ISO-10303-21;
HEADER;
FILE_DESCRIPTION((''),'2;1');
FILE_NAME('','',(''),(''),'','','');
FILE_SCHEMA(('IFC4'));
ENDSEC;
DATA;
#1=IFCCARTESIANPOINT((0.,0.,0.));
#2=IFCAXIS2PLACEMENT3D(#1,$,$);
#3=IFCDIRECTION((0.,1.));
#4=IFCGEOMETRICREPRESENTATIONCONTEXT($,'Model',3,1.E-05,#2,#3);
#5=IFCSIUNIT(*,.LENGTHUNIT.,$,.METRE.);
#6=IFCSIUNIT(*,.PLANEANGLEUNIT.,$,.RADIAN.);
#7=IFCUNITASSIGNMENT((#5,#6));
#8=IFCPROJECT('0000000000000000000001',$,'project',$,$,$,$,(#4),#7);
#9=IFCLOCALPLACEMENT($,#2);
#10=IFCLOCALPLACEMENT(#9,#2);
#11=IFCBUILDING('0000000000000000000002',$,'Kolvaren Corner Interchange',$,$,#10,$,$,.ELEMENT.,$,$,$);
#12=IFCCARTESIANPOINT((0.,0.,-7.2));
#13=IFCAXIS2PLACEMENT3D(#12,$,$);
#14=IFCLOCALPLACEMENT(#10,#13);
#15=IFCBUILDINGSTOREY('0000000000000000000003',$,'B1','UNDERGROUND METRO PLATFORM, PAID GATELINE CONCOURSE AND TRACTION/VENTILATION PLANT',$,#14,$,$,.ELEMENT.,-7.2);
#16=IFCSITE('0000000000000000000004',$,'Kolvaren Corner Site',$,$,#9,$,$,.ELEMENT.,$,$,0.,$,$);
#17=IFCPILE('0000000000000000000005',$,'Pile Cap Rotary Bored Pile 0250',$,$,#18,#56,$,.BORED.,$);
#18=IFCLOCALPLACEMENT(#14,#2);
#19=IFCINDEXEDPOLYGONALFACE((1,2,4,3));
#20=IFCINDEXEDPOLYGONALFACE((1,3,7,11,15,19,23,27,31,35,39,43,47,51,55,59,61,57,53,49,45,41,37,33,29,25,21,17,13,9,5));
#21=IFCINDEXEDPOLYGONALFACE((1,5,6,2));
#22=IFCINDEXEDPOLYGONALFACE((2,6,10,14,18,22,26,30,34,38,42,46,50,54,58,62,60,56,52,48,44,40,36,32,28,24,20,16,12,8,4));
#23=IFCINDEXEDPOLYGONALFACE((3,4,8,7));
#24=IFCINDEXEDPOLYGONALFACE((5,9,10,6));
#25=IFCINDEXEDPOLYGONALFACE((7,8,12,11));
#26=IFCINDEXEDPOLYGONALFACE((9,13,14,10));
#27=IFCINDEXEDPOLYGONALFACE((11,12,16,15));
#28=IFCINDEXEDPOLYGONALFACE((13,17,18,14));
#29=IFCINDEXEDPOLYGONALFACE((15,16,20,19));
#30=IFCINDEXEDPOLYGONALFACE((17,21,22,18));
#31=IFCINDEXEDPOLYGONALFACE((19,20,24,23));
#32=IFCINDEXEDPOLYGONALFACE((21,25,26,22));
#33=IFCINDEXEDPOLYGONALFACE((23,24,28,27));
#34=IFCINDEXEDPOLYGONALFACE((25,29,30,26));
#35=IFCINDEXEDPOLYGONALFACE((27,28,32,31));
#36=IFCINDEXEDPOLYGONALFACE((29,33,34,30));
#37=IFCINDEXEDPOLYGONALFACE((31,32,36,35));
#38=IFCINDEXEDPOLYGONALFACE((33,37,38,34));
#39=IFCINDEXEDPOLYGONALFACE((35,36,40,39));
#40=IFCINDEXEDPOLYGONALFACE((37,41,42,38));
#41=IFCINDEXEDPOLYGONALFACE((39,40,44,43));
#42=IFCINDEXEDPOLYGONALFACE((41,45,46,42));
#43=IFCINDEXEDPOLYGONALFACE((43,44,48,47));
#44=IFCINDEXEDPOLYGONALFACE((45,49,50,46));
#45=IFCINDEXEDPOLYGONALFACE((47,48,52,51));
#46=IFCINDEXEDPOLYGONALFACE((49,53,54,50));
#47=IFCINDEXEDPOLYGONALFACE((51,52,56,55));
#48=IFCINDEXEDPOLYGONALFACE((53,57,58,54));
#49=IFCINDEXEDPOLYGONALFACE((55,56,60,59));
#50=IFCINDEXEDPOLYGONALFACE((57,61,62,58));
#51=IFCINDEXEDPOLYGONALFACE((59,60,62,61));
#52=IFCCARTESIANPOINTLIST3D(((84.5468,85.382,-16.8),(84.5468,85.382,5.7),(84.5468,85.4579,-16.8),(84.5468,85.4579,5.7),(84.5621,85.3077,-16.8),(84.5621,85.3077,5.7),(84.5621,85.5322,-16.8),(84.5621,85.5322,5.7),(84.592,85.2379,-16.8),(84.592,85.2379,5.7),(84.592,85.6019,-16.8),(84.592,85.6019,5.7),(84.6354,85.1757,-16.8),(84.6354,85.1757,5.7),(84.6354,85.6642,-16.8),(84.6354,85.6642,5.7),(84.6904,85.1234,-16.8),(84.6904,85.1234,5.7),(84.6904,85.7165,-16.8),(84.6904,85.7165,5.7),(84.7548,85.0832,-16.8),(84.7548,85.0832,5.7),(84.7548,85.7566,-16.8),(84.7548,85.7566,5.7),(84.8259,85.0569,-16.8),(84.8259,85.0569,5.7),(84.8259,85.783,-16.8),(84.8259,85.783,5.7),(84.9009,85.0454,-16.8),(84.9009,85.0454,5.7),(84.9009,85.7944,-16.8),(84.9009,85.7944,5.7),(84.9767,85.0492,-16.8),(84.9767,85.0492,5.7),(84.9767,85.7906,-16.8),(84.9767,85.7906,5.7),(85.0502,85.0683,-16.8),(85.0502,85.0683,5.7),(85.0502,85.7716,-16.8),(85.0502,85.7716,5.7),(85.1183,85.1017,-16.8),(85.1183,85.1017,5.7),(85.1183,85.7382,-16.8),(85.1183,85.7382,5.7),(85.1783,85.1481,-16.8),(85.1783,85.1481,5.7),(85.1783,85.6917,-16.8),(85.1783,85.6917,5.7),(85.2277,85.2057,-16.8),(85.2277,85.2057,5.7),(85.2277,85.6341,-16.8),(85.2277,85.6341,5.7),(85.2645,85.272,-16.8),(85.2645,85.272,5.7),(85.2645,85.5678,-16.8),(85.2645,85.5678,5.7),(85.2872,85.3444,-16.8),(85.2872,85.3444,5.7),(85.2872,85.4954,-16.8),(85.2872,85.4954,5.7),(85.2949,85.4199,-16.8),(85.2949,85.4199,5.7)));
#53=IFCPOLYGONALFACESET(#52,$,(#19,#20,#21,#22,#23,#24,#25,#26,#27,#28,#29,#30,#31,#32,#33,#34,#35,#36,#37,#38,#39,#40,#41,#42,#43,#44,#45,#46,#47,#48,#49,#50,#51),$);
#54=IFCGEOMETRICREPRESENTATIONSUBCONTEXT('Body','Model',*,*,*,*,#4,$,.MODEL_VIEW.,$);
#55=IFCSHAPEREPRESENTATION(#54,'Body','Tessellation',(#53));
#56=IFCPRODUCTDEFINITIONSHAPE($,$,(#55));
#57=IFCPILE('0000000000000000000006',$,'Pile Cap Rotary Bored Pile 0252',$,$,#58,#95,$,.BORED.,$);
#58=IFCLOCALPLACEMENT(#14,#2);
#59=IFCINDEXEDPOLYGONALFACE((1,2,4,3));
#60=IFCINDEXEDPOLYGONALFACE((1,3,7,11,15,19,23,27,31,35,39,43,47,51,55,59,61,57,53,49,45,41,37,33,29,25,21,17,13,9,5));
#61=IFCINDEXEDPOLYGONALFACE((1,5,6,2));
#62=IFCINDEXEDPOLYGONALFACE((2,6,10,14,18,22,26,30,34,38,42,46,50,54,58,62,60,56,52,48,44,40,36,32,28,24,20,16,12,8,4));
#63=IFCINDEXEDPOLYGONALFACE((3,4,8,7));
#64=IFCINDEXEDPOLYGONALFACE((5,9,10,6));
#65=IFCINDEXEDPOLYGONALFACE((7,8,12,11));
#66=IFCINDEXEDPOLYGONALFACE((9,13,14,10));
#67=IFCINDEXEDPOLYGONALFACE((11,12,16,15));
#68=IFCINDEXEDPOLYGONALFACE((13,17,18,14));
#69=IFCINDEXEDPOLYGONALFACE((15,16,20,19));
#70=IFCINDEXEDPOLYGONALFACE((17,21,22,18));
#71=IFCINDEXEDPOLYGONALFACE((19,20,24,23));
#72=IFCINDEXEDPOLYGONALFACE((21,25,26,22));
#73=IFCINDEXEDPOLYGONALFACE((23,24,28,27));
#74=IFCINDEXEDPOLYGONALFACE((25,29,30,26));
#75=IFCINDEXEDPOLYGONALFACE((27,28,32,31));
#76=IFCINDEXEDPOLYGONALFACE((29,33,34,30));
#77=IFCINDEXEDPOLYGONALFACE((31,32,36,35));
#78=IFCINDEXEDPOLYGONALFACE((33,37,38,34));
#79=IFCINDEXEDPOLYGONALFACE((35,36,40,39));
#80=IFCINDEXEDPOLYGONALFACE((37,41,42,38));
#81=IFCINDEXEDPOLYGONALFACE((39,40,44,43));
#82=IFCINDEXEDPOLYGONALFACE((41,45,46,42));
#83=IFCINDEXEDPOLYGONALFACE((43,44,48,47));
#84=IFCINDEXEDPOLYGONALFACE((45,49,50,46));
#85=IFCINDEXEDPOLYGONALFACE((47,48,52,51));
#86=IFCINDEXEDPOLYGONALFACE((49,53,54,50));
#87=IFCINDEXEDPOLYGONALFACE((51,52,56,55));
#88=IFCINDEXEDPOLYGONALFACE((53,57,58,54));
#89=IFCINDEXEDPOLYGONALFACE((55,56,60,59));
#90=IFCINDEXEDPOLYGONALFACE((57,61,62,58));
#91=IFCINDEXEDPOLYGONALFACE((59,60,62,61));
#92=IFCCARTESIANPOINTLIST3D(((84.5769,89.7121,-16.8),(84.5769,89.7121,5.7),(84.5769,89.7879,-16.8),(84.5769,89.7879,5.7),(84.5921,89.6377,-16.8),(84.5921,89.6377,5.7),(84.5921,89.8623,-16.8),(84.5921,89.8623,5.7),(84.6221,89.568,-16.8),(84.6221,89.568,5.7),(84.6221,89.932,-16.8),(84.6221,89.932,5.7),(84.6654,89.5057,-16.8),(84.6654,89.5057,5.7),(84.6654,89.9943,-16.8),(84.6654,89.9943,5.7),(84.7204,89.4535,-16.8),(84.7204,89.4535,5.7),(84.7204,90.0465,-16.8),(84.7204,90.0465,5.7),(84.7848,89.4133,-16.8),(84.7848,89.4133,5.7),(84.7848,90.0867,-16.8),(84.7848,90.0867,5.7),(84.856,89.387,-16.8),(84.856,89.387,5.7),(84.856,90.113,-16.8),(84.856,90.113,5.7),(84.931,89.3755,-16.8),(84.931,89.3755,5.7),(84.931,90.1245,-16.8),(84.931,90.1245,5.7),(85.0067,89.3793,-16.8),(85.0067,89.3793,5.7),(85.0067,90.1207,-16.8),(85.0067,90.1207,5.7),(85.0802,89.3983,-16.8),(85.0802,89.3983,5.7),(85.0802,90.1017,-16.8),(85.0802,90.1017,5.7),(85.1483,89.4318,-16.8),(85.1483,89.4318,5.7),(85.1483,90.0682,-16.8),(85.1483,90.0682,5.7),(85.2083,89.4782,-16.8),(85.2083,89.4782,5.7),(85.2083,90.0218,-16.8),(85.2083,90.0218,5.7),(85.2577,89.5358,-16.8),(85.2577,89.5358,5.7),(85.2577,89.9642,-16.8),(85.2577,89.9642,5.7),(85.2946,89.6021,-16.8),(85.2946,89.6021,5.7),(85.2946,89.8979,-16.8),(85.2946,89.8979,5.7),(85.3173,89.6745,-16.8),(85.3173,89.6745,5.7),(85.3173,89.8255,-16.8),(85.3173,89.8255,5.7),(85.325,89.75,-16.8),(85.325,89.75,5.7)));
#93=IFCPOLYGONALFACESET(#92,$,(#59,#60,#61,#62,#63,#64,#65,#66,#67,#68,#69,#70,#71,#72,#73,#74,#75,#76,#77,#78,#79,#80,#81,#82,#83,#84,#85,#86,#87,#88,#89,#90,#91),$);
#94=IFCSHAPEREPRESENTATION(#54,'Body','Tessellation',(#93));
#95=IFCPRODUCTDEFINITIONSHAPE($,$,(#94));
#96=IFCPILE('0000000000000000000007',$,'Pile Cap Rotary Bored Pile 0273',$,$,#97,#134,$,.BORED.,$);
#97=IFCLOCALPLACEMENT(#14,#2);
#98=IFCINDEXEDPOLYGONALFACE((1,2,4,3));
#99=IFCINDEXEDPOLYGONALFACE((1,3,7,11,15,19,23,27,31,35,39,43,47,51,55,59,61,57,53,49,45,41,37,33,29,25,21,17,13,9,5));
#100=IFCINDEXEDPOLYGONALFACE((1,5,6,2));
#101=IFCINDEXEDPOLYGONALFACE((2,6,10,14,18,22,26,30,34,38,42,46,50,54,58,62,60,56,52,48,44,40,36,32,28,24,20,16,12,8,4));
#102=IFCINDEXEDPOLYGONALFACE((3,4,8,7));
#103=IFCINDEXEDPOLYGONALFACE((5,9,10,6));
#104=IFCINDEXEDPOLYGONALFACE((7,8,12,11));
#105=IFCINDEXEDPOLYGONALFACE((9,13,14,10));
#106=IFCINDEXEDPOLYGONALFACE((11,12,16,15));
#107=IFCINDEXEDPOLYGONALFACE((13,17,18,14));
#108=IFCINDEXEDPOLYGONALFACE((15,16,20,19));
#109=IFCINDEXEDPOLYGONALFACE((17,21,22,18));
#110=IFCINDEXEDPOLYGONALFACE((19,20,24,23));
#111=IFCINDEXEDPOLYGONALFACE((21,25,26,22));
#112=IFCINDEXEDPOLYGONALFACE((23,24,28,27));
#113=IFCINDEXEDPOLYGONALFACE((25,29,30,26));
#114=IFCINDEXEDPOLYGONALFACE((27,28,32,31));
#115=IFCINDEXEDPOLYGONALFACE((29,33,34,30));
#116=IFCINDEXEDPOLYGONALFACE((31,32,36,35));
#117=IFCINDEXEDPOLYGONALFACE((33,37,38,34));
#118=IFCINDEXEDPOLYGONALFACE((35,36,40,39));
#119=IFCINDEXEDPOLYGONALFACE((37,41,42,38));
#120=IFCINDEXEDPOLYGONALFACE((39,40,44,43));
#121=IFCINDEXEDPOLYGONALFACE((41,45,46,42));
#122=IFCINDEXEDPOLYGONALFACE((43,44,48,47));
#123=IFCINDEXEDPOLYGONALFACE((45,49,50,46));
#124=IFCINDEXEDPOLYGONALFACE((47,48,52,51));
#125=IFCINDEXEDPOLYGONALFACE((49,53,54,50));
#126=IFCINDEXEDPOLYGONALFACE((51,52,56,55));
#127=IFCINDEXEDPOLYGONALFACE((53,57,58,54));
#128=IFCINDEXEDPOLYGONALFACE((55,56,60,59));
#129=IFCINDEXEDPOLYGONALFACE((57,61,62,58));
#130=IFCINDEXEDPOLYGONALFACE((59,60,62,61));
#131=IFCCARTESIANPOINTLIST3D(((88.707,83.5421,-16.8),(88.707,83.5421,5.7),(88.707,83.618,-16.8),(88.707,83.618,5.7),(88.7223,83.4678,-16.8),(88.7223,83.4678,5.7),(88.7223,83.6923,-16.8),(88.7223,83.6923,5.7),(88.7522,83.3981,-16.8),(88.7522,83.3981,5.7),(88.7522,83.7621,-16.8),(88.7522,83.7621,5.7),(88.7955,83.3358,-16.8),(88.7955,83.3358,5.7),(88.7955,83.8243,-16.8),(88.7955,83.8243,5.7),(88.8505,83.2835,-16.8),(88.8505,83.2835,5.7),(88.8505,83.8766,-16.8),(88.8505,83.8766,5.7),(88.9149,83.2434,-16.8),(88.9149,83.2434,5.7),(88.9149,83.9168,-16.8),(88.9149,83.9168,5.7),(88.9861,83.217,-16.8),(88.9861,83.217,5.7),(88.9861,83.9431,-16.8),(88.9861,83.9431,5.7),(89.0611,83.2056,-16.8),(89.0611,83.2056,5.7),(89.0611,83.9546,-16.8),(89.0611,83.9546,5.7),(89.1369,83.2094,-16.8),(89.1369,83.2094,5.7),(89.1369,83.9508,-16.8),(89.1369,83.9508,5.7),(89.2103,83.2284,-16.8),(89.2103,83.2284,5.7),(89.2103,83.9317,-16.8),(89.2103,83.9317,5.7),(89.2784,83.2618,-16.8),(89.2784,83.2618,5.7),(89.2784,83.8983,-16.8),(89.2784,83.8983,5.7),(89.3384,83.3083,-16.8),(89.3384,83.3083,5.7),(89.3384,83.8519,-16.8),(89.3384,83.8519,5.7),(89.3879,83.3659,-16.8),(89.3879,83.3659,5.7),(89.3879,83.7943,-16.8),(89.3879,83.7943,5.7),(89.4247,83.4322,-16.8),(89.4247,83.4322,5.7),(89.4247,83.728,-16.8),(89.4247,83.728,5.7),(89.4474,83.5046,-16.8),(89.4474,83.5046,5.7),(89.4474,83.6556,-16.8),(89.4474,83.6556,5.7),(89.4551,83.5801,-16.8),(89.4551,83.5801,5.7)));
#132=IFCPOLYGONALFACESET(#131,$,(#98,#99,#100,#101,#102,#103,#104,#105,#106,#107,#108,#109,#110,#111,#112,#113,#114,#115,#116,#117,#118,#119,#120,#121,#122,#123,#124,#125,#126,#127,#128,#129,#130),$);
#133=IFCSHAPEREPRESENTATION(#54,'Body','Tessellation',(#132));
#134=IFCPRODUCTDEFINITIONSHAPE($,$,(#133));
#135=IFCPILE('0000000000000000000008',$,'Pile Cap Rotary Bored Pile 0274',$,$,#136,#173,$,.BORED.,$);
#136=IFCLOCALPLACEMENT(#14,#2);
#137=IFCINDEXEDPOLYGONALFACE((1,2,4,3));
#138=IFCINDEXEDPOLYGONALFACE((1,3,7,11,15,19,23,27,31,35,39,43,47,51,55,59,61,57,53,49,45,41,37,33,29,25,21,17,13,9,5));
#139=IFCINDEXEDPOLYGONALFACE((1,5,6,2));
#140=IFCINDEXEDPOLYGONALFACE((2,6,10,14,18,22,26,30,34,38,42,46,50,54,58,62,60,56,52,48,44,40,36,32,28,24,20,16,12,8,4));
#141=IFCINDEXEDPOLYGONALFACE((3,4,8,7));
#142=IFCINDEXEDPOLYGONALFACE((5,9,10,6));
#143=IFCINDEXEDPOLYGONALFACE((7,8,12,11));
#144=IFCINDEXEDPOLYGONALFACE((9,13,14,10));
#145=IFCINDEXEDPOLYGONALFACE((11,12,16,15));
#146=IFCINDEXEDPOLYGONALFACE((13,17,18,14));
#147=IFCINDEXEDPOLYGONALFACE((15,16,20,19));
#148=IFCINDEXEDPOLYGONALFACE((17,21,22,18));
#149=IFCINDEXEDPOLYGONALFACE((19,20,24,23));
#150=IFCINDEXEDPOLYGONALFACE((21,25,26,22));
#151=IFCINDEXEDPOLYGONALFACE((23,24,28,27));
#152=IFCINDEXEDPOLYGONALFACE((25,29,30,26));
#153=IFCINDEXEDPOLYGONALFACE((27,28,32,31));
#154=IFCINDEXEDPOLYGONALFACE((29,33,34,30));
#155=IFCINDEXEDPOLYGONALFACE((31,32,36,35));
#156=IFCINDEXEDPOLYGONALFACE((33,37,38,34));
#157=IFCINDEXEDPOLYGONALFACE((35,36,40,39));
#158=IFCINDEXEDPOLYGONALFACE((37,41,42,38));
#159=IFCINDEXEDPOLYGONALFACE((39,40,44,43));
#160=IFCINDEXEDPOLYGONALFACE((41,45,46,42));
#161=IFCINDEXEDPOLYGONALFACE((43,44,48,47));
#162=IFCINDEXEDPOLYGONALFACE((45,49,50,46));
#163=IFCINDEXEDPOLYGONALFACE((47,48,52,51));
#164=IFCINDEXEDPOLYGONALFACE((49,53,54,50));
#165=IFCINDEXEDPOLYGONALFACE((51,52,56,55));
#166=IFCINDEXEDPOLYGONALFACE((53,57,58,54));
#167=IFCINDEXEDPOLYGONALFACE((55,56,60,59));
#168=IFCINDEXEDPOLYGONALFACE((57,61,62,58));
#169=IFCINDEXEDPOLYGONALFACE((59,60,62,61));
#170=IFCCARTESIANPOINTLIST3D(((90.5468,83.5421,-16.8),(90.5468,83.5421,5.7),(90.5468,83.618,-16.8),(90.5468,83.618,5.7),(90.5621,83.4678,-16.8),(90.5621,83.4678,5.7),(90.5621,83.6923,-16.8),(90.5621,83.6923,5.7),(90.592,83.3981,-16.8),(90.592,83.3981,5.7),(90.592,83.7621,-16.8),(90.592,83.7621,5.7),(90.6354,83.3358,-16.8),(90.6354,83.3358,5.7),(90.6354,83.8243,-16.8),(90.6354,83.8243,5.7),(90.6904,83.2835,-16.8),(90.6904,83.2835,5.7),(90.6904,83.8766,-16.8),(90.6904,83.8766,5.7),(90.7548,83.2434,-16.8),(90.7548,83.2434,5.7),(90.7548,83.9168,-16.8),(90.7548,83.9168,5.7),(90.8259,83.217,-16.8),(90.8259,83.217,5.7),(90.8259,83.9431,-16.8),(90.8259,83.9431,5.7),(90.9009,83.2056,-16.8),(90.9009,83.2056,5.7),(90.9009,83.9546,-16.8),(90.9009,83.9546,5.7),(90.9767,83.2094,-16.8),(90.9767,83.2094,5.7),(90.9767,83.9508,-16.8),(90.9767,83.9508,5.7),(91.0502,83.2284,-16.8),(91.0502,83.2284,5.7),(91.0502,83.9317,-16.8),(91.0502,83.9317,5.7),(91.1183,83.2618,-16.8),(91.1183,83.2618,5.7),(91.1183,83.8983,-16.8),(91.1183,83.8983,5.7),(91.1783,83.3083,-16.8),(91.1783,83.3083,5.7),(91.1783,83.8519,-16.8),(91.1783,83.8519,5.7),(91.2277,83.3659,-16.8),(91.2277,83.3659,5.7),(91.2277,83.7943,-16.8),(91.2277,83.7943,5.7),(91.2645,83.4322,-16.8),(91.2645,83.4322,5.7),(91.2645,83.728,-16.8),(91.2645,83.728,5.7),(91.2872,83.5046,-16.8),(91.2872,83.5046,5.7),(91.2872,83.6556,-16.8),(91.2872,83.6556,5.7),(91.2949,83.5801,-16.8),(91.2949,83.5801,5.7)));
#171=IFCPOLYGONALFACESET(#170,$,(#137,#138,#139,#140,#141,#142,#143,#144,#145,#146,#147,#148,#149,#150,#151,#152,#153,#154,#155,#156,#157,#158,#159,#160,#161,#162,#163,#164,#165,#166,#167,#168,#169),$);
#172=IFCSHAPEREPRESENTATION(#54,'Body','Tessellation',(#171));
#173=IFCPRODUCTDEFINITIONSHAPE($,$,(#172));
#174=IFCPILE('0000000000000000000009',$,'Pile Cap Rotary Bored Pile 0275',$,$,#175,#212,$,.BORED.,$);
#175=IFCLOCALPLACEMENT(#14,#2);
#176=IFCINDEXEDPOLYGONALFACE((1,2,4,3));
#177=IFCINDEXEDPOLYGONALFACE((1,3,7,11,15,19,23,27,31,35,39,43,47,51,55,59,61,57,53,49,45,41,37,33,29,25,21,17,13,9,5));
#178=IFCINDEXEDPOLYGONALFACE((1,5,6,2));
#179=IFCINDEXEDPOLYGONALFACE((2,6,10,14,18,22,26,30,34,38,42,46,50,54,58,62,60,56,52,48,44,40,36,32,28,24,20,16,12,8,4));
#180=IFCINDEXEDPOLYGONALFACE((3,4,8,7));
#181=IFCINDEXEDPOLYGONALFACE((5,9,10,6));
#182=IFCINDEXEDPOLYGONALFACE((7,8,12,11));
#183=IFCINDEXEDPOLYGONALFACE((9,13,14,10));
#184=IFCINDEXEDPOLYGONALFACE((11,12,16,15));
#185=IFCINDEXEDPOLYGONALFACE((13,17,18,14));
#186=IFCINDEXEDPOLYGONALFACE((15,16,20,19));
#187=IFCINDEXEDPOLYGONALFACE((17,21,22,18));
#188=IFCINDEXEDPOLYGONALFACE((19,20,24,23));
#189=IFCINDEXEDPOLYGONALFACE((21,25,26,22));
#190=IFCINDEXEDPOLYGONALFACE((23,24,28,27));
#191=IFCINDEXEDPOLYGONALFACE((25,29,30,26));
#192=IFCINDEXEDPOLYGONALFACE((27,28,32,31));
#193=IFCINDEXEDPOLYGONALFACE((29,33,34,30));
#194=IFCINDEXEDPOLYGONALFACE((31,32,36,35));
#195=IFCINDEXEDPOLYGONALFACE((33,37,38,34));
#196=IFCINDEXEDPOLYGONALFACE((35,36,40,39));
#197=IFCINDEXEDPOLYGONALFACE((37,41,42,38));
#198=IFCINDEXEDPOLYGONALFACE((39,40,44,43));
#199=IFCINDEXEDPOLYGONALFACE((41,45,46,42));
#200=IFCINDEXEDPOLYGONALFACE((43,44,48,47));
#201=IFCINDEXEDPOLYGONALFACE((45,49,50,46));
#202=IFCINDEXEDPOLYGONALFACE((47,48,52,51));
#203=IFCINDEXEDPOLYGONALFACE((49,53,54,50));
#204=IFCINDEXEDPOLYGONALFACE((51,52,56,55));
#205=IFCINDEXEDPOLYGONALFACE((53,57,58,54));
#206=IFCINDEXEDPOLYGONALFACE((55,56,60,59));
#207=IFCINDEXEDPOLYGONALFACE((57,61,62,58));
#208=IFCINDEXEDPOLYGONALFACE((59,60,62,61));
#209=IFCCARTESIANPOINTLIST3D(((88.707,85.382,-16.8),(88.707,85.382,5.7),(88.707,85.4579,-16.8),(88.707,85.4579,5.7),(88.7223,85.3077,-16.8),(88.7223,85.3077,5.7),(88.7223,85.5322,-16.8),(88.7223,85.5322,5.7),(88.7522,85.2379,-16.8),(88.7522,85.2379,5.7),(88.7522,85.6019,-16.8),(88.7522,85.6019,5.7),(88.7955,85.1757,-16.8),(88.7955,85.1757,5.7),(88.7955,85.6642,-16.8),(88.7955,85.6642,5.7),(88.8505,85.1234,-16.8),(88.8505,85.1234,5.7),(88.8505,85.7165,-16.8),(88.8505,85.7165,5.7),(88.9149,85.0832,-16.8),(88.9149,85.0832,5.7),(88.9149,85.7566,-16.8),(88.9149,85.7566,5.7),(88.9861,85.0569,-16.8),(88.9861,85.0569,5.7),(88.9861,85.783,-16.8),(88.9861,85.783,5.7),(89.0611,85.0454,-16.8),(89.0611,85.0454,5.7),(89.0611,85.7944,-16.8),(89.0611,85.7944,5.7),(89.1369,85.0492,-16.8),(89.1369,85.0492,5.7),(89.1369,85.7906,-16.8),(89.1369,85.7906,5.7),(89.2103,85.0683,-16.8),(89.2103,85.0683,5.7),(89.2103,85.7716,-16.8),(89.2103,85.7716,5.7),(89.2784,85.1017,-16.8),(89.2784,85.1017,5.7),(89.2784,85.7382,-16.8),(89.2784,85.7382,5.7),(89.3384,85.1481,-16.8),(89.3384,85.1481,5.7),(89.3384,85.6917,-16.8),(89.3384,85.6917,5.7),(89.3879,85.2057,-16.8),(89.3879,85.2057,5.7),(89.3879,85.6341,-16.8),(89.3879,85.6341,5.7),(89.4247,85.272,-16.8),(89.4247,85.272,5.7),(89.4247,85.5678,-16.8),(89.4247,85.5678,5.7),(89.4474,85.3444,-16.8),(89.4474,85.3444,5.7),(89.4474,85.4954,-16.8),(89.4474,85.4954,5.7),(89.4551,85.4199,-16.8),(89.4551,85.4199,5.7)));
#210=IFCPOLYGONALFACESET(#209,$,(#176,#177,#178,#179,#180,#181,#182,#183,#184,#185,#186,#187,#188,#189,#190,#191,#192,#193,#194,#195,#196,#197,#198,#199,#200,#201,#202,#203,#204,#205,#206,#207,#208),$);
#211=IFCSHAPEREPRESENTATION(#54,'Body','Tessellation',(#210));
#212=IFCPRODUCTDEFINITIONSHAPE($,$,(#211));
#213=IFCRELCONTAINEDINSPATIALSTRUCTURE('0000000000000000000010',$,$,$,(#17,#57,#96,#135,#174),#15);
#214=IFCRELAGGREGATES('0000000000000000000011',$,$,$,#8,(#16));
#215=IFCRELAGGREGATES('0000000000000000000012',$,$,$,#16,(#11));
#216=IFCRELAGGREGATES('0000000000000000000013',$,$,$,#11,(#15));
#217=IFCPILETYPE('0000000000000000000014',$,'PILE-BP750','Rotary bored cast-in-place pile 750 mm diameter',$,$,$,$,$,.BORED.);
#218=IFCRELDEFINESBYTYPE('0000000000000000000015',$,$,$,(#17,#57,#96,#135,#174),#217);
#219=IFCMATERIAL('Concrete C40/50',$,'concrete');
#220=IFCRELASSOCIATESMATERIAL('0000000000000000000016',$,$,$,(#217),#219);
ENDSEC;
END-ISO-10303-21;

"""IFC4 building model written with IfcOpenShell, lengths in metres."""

from ifc_helpers import new_model, si_unit, direction, frame, origin, origin_2d, place, context, subcontext, project, spatial, circle, extrude, material, material_profile, profile_set, type_object, element, save


model = new_model("IFC4")

# Units and contexts
model_context = context("Model", 3, precision=1e-05, world=origin(), true_north=direction((0.0, 1.0)))
body_context = subcontext(model_context, "Body", "Model", "MODEL_VIEW")
ifc_project = project(units=[si_unit("LENGTHUNIT", "METRE"), si_unit("PLANEANGLEUNIT", "RADIAN")], contexts=[model_context])

# Site, building, storey
site_placement = place(None, origin())
site = spatial("IfcSite", under=ifc_project, at=site_placement, Name="Kolvaren Corner Site", CompositionType="ELEMENT", RefElevation=0.0)
building_placement = place(site_placement, origin())
building = spatial("IfcBuilding", under=site, at=building_placement, Name="Kolvaren Corner Interchange", CompositionType="ELEMENT")
storey_placement = place(building_placement, frame((0.0, 0.0, -7.2)))
storey = spatial("IfcBuildingStorey", under=building, at=storey_placement, Name="B1", Description="UNDERGROUND METRO PLATFORM, PAID GATELINE CONCOURSE AND TRACTION/VENTILATION PLANT", CompositionType="ELEMENT", Elevation=-7.2)

# Piles
ifc_material_1 = material(Name="Concrete C40/50", Category="concrete")
ifc_material_profile_1 = material_profile(ifc_material_1, circle(Radius=0.375, at=origin_2d()), Name="BORED PILE 750")
ifc_profile_set_1 = profile_set([ifc_material_profile_1], Name="Concrete C40/50")
pile_type_1 = type_object("IfcPileType", Name="PILE-BP750", Description="Rotary bored cast-in-place pile 750 mm diameter", PredefinedType="BORED", material=ifc_profile_set_1)
for number, where, z_axis, x_axis, name in (
    (1, (84.9199, 85.4199, 5.7), (0.0, 0.0, -1.0), (1.0, 0.0, 0.0), "Pile Cap Rotary Bored Pile 0250"),
    (2, (84.95, 89.75, 5.7), (0.0, 0.0, -1.0), (1.0, 0.0, 0.0), "Pile Cap Rotary Bored Pile 0252"),
    (3, (89.0801, 83.5801, 5.7), (0.0, 0.0, -1.0), (1.0, 0.0, 0.0), "Pile Cap Rotary Bored Pile 0273"),
    (4, (90.9199, 83.5801, 5.7), (0.0, 0.0, -1.0), (1.0, 0.0, 0.0), "Pile Cap Rotary Bored Pile 0274"),
    (5, (89.0801, 85.4199, 5.7), (0.0, 0.0, -1.0), (1.0, 0.0, 0.0), "Pile Cap Rotary Bored Pile 0275"),
):
    element("IfcPile", number, at=place(storey_placement, frame(where, z_axis=z_axis, x_axis=x_axis)), inside=storey, type_object=pile_type_1, Name=name, PredefinedType="BORED", context=body_context, shape_type="SweptSolid", body=[
        extrude(circle(Radius=0.375, at=origin_2d()), origin(), (0.0, 0.0, 1.0), 22.5),
    ])

save(model, "model.ifc")
